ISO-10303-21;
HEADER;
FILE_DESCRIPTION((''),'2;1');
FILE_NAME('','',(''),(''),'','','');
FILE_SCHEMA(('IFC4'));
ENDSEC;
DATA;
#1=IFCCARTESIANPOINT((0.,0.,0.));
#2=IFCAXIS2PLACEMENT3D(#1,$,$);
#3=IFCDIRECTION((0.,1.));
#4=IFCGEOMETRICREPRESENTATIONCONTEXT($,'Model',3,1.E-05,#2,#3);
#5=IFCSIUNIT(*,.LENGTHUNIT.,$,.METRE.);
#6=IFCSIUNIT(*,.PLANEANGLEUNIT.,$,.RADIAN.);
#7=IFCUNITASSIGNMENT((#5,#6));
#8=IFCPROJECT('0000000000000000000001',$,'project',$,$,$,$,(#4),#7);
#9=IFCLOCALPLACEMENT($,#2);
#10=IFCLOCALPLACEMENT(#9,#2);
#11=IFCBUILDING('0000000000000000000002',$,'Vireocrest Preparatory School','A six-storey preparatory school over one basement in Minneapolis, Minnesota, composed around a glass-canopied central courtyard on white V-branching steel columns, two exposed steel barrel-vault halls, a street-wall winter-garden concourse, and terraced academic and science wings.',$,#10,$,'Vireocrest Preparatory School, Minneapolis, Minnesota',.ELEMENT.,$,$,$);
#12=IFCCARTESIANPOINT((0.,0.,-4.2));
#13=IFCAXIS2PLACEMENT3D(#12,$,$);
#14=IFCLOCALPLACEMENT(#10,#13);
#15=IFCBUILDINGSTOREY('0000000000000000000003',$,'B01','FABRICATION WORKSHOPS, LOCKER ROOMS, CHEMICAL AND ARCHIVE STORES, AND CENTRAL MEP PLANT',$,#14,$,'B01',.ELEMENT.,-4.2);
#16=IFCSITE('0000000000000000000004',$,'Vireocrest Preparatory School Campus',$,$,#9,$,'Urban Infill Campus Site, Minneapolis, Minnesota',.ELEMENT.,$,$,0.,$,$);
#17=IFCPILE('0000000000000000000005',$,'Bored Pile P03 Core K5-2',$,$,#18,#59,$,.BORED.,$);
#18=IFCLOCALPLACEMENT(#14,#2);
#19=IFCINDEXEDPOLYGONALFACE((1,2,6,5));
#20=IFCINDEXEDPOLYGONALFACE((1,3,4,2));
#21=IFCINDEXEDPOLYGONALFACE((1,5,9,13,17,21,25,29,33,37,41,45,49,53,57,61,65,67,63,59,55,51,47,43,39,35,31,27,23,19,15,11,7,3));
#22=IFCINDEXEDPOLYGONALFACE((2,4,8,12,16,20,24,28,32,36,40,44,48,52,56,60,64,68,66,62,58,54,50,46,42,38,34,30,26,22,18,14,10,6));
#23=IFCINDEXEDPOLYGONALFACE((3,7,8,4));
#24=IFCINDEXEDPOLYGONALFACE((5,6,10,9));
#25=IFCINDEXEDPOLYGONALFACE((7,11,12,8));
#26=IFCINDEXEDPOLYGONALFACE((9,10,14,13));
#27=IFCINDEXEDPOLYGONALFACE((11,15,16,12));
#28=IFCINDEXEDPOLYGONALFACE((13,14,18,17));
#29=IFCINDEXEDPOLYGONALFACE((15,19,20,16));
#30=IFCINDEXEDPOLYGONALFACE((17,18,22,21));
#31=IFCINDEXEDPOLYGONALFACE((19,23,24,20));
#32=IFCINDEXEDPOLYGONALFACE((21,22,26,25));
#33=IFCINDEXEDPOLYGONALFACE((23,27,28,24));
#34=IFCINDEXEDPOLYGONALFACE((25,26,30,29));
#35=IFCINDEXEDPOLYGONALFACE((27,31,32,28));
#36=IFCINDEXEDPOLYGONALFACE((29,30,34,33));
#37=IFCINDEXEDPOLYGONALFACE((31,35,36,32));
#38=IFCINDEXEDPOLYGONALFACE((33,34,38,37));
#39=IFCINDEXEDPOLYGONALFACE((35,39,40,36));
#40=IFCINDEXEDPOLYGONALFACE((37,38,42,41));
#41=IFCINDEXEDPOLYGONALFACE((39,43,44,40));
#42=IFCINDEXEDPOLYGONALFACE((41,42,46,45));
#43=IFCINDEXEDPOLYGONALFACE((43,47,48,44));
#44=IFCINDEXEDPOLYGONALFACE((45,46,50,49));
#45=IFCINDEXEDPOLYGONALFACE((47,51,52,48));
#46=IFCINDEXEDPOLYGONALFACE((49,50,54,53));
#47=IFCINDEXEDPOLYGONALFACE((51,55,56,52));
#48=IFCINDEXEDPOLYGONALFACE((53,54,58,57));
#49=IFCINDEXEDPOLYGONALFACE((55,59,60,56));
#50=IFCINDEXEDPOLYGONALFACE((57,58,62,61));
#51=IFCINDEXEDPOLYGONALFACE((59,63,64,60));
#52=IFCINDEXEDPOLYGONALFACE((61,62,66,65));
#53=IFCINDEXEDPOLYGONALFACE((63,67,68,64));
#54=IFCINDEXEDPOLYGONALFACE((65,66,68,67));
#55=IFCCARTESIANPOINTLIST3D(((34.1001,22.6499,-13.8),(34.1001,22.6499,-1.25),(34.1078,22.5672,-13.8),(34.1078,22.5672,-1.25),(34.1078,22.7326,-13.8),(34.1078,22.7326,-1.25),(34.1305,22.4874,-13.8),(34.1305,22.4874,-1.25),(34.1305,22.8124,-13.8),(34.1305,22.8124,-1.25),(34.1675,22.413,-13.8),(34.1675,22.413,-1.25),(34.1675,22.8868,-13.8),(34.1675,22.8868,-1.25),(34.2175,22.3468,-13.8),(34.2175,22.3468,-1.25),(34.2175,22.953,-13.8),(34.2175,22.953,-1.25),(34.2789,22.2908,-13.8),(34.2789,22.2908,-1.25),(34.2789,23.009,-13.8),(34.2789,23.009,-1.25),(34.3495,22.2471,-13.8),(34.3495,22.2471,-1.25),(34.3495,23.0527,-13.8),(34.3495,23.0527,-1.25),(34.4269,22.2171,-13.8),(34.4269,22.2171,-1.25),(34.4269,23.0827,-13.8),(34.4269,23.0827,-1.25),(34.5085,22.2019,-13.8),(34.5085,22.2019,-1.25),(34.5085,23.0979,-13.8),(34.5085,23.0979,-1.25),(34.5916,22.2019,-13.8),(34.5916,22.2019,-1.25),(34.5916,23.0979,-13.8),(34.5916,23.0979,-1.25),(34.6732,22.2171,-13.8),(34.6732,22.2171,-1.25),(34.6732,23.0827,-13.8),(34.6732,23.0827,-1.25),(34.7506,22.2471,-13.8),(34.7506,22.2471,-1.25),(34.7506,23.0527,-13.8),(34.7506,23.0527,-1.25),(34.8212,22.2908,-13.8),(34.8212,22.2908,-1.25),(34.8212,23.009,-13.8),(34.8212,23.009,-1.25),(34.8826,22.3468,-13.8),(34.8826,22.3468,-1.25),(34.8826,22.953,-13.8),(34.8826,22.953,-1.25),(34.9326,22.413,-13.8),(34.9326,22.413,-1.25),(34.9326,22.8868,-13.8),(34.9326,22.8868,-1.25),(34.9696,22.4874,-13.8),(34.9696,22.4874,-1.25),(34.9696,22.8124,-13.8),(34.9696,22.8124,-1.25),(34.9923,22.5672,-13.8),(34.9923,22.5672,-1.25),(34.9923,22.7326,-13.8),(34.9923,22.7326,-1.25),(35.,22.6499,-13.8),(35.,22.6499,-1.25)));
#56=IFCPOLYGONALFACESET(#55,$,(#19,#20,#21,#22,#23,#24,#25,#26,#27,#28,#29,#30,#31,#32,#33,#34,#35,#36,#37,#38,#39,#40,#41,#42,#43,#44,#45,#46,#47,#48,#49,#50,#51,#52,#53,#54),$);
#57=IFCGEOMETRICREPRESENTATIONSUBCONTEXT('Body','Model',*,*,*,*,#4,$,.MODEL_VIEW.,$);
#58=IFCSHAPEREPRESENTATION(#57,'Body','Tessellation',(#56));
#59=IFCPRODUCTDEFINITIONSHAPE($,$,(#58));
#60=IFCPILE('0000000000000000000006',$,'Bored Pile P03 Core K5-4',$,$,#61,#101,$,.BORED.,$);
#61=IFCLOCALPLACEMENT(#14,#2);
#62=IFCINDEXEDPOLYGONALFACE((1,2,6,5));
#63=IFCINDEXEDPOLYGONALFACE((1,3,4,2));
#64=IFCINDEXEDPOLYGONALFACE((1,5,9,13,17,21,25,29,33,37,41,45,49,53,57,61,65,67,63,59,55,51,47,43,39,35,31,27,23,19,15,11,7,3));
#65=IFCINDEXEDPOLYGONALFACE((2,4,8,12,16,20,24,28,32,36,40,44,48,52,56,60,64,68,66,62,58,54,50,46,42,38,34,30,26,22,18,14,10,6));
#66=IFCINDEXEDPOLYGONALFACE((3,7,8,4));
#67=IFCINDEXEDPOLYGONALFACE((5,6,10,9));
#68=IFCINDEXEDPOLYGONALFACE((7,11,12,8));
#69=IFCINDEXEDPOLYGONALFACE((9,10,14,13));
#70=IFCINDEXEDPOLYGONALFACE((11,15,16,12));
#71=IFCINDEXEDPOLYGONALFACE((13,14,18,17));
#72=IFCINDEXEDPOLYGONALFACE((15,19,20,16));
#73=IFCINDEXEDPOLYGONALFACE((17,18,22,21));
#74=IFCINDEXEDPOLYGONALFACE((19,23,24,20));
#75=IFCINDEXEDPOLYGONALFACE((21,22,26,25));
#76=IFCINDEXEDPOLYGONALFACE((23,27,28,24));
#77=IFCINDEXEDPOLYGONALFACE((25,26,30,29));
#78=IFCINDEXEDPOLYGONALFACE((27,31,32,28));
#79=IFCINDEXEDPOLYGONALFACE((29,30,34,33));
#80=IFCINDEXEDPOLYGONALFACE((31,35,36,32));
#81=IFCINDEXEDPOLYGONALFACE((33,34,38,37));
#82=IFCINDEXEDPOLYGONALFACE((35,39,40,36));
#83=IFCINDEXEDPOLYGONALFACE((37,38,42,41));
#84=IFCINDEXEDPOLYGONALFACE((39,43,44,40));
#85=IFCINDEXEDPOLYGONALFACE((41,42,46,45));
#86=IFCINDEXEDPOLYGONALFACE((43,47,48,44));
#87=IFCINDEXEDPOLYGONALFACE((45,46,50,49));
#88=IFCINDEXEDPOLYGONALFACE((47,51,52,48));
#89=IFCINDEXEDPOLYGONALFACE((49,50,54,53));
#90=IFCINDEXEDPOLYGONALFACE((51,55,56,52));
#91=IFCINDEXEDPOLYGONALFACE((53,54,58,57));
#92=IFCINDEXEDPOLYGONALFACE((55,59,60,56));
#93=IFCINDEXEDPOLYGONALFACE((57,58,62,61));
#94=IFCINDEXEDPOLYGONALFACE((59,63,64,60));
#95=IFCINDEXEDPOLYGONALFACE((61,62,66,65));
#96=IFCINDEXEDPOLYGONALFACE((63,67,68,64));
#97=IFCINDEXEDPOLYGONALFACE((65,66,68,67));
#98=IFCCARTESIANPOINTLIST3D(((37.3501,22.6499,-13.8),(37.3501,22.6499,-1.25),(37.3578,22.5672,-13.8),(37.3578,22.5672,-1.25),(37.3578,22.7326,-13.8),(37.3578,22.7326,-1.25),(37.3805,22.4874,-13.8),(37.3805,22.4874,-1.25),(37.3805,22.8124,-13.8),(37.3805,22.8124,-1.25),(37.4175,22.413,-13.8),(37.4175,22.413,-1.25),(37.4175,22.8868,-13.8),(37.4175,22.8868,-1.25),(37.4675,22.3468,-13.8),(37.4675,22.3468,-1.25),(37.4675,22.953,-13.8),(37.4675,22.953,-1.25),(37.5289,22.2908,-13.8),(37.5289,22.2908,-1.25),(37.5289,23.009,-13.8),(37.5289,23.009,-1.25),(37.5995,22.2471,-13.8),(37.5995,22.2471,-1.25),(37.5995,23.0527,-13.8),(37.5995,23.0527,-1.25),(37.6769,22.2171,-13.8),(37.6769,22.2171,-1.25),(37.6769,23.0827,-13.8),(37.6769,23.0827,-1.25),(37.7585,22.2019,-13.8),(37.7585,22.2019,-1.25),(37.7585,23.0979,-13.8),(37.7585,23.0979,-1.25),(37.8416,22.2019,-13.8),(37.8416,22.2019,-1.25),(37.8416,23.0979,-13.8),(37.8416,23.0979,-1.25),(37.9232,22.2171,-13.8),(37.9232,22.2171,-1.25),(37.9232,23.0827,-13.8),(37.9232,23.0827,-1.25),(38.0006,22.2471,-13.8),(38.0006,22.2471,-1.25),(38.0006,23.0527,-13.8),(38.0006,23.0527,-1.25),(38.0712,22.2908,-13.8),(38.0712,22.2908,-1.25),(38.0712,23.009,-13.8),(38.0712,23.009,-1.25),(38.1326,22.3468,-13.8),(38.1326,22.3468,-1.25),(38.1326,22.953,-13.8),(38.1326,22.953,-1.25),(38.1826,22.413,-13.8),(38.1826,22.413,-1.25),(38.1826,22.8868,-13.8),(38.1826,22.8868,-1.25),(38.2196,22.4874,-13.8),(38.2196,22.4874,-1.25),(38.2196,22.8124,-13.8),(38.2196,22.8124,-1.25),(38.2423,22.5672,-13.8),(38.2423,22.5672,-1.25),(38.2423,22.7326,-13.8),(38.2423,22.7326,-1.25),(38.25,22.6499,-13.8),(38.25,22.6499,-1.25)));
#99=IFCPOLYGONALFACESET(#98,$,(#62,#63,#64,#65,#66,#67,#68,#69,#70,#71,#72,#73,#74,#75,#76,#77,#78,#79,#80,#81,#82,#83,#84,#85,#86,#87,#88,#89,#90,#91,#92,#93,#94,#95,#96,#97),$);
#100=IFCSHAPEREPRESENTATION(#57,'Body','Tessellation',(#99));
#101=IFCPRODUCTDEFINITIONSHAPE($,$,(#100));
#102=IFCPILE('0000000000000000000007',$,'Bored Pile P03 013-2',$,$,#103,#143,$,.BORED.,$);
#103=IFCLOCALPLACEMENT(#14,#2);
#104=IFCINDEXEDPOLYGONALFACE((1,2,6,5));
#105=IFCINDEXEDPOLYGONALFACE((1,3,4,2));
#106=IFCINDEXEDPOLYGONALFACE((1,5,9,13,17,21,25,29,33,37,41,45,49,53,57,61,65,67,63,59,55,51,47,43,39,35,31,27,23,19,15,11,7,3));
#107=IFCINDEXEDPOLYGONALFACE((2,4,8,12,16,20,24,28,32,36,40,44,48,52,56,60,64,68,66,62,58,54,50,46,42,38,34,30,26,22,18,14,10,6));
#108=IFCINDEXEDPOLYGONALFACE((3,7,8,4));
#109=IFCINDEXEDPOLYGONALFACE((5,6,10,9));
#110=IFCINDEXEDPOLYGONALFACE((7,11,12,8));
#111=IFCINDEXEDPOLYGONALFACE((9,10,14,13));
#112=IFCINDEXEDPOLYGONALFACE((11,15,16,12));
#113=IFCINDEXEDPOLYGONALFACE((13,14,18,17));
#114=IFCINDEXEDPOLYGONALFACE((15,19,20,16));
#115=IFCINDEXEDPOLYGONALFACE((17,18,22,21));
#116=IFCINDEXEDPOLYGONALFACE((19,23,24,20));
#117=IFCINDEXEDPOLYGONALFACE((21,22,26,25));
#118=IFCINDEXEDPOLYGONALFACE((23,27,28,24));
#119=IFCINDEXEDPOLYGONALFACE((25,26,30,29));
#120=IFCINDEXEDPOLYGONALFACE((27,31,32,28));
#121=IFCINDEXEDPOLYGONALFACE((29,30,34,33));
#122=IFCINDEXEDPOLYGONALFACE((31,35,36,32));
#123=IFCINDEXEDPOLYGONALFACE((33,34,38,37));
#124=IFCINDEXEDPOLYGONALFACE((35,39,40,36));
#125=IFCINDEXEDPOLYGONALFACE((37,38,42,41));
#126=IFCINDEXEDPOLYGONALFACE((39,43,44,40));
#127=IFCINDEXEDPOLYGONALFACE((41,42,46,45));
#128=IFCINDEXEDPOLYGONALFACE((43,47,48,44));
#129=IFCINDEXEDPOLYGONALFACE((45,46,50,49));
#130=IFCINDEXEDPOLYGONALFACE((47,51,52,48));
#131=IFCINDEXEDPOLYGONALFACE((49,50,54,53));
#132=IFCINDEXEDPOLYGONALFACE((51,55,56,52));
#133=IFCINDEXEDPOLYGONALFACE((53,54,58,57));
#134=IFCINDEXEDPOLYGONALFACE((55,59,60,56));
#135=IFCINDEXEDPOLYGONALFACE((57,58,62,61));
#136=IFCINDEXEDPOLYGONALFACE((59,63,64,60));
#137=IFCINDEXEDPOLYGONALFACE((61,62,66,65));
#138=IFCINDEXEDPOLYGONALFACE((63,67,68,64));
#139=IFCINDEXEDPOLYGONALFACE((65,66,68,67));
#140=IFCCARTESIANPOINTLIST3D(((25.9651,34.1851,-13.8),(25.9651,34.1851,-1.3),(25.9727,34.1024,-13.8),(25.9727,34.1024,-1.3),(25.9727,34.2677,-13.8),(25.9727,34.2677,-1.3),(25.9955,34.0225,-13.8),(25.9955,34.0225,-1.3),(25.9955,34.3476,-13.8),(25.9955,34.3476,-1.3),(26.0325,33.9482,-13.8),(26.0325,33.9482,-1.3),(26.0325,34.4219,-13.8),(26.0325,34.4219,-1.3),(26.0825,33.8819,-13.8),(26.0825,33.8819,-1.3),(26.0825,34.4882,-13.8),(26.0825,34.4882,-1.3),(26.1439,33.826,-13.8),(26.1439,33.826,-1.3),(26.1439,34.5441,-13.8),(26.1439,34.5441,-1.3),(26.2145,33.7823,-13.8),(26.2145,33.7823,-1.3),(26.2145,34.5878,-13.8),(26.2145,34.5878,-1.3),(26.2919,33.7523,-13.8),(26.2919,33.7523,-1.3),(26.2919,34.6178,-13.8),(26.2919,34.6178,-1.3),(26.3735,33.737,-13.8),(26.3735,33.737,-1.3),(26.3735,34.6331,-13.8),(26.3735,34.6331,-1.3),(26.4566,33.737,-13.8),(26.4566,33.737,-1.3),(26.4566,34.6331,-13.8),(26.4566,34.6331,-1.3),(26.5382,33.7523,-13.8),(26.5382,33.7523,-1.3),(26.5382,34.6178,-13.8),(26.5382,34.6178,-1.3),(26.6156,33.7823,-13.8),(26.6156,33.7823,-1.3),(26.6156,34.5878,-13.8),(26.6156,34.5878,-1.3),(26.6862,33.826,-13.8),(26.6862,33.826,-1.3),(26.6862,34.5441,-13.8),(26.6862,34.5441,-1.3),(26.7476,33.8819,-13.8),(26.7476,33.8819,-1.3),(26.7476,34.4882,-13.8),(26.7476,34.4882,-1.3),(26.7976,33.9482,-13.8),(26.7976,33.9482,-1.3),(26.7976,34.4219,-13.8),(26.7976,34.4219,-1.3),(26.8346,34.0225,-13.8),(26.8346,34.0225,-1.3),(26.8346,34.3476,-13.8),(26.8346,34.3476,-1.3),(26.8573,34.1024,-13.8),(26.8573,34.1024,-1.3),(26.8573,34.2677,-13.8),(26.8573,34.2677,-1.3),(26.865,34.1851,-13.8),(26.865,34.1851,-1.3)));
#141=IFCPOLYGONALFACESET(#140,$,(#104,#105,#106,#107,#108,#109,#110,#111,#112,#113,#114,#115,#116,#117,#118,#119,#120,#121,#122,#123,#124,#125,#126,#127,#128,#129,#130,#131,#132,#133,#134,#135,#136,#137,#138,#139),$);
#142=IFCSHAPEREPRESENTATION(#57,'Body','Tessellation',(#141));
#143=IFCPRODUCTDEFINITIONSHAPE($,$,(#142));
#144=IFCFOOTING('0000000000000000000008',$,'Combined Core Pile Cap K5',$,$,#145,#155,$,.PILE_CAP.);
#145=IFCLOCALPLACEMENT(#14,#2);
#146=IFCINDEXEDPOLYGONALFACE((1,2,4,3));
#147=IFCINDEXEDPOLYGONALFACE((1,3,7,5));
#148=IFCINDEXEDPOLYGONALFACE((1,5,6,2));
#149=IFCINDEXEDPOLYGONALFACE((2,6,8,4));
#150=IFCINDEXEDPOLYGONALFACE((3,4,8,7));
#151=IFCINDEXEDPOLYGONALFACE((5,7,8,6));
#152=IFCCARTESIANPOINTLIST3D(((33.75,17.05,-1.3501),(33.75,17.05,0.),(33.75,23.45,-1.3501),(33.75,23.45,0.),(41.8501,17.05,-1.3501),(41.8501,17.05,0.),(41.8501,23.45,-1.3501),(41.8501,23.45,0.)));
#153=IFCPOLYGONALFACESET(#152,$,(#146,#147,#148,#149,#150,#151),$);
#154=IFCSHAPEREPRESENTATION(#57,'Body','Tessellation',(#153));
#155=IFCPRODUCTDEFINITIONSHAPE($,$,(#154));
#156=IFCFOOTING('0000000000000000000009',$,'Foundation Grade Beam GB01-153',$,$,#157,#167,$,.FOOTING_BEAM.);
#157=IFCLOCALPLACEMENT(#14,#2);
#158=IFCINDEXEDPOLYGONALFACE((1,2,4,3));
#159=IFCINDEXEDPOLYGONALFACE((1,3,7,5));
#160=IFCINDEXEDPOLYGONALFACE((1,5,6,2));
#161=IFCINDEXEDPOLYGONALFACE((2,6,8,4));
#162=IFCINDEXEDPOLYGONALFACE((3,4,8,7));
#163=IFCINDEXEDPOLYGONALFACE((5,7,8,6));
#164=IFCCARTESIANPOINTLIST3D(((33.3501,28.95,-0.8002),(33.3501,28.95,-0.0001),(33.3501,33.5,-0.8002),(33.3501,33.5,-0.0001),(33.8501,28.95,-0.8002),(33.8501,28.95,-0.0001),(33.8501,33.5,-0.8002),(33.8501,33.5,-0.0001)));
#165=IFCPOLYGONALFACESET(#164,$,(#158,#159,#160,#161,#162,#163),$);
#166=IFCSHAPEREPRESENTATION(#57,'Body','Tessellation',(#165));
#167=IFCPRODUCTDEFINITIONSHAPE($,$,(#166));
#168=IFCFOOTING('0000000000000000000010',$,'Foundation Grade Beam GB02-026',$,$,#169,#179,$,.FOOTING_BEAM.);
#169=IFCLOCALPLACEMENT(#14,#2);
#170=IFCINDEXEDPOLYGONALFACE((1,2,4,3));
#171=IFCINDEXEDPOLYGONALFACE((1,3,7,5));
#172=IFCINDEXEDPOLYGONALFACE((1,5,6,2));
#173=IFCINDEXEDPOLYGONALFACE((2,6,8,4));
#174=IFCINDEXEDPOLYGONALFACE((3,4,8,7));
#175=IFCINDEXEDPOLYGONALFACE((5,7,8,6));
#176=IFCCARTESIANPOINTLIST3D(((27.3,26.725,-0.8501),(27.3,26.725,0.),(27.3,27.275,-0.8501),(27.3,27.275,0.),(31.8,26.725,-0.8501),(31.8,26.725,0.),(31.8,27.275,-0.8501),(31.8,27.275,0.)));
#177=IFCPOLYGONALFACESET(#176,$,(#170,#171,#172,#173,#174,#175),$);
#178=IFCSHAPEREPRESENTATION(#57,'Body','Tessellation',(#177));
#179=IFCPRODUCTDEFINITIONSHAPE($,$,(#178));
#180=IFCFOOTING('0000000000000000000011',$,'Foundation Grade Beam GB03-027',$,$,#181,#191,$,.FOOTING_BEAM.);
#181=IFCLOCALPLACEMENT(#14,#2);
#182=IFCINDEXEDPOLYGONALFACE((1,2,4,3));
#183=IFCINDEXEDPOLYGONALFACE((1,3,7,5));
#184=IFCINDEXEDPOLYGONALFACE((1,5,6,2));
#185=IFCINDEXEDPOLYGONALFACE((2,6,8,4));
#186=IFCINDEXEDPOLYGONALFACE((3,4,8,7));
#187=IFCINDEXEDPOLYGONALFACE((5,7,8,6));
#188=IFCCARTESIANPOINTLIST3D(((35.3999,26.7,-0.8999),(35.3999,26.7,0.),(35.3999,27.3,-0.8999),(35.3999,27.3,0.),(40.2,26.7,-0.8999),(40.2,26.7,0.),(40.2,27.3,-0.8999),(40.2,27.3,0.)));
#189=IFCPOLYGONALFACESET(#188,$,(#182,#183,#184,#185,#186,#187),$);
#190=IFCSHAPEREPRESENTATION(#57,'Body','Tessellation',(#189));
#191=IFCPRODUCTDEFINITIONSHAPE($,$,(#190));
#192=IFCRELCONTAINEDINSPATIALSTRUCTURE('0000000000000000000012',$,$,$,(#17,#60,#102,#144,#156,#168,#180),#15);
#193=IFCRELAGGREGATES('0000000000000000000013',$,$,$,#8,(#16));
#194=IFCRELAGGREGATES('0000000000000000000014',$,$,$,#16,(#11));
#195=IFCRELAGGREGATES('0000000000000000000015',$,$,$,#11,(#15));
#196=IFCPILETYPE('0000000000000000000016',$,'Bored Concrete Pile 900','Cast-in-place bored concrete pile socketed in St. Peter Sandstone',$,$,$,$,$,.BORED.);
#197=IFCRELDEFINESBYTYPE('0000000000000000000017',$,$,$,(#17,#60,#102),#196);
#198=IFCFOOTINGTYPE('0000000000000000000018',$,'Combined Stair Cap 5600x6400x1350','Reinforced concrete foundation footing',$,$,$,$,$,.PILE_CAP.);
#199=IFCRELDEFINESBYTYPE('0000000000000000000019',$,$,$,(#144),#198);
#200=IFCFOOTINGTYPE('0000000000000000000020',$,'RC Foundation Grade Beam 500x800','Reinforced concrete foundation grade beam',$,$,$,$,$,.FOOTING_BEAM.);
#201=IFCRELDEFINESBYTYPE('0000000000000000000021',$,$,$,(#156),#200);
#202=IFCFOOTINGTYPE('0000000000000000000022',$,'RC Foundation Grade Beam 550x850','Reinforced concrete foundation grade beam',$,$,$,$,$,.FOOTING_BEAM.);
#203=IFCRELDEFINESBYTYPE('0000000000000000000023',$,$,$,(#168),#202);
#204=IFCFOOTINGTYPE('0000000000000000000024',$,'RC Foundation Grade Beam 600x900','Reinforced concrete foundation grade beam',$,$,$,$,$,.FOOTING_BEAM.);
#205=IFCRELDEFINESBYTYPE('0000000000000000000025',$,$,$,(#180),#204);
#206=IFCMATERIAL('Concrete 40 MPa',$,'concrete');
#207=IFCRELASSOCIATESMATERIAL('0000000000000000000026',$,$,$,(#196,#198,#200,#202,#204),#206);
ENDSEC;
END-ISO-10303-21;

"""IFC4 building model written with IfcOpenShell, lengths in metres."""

from ifc_helpers import new_model, si_unit, direction, frame, origin, origin_2d, place, context, subcontext, project, spatial, rectangle, circle, extrude, material, material_profile, profile_set, type_object, element, save


model = new_model("IFC4")

# Units and contexts
model_context = context("Model", 3, precision=1e-05, world=origin(), true_north=direction((0.0, 1.0)))
body_context = subcontext(model_context, "Body", "Model", "MODEL_VIEW")
ifc_project = project(units=[si_unit("LENGTHUNIT", "METRE"), si_unit("PLANEANGLEUNIT", "RADIAN")], contexts=[model_context])

# Site, building, storey
site_placement = place(None, origin())
site = spatial("IfcSite", under=ifc_project, at=site_placement, Name="Vireocrest Preparatory School Campus", LongName="Urban Infill Campus Site, Minneapolis, Minnesota", CompositionType="ELEMENT", RefElevation=0.0)
building_placement = place(site_placement, origin())
building = spatial("IfcBuilding", under=site, at=building_placement, Name="Vireocrest Preparatory School", Description="A six-storey preparatory school over one basement in Minneapolis, Minnesota, composed around a glass-canopied central courtyard on white V-branching steel columns, two exposed steel barrel-vault halls, a street-wall winter-garden concourse, and terraced academic and science wings.", LongName="Vireocrest Preparatory School, Minneapolis, Minnesota", CompositionType="ELEMENT")
storey_placement = place(building_placement, frame((0.0, 0.0, -4.2)))
storey = spatial("IfcBuildingStorey", under=building, at=storey_placement, Name="B01", Description="FABRICATION WORKSHOPS, LOCKER ROOMS, CHEMICAL AND ARCHIVE STORES, AND CENTRAL MEP PLANT", LongName="B01", CompositionType="ELEMENT", Elevation=-4.2)

# Piles
ifc_material_1 = material(Name="Concrete 40 MPa", Category="concrete")
ifc_material_profile_1 = material_profile(ifc_material_1, circle(Radius=0.45, at=origin_2d()), Name="BORED PILE 900")
ifc_profile_set_1 = profile_set([ifc_material_profile_1], Name="Concrete 40 MPa")
pile_type_1 = type_object("IfcPileType", Name="Bored Concrete Pile 900", Description="Cast-in-place bored concrete pile socketed in St. Peter Sandstone", PredefinedType="BORED", material=ifc_profile_set_1)
for number, where, z_axis, x_axis, name in (
    (1, (34.55, 22.6499, -1.25), (0.0, 0.0, -1.0), (1.0, 0.0, 0.0), "Bored Pile P03 Core K5-2"),
    (2, (37.8, 22.6499, -1.25), (0.0, 0.0, -1.0), (1.0, 0.0, 0.0), "Bored Pile P03 Core K5-4"),
):
    element("IfcPile", number, at=place(storey_placement, frame(where, z_axis=z_axis, x_axis=x_axis)), inside=storey, type_object=pile_type_1, Name=name, PredefinedType="BORED", context=body_context, shape_type="SweptSolid", body=[
        extrude(circle(Radius=0.45, at=origin_2d()), origin(), (0.0, 0.0, 1.0), 12.55),
    ])
pile_placement = place(storey_placement, frame((26.415, 34.1851, -1.3), z_axis=(0.0, 0.0, -1.0), x_axis=(1.0, 0.0, 0.0)))
element("IfcPile", 3, at=pile_placement, inside=storey, type_object=pile_type_1, Name="Bored Pile P03 013-2", PredefinedType="BORED", context=body_context, shape_type="SweptSolid", body=[
    extrude(circle(Radius=0.45, at=origin_2d()), origin(), (0.0, 0.0, 1.0), 12.5),
])

# Footings
footing_type_1 = type_object("IfcFootingType", Name="Combined Stair Cap 5600x6400x1350", Description="Reinforced concrete foundation footing", PredefinedType="PILE_CAP", material=ifc_material_1)
footing_1_placement = place(storey_placement, frame((37.8, 20.25, -1.3501), z_axis=(0.0, 0.0, 1.0), x_axis=(1.0, 0.0, 0.0)))
element("IfcFooting", 4, at=footing_1_placement, inside=storey, type_object=footing_type_1, Name="Combined Core Pile Cap K5", PredefinedType="PILE_CAP", context=body_context, shape_type="SweptSolid", body=[
    extrude(rectangle(XDim=8.1001, YDim=6.3999, at=origin_2d()), origin(), (0.0, 0.0, 1.0), 1.3501),
])
ifc_material_profile_2 = material_profile(ifc_material_1, rectangle(XDim=0.5, YDim=0.8, at=origin_2d()), Name="GB 500x800")
ifc_profile_set_2 = profile_set([ifc_material_profile_2], Name="Concrete 40 MPa")
footing_type_2 = type_object("IfcFootingType", Name="RC Foundation Grade Beam 500x800", Description="Reinforced concrete foundation grade beam", PredefinedType="FOOTING_BEAM", material=ifc_profile_set_2)
footing_2_placement = place(storey_placement, frame((33.6001, 28.95, -0.4001), z_axis=(0.0, 1.0, 0.0), x_axis=(-1.0, 0.0, 0.0)))
element("IfcFooting", 5, at=footing_2_placement, inside=storey, type_object=footing_type_2, Name="Foundation Grade Beam GB01-153", PredefinedType="FOOTING_BEAM", context=body_context, shape_type="SweptSolid", body=[
    extrude(rectangle(XDim=0.5, YDim=0.8, at=origin_2d()), origin(), (0.0, 0.0, 1.0), 4.55),
])
ifc_material_profile_3 = material_profile(ifc_material_1, rectangle(XDim=0.55, YDim=0.8501, at=origin_2d()), Name="GB 550x850")
ifc_profile_set_3 = profile_set([ifc_material_profile_3], Name="Concrete 40 MPa")
footing_type_3 = type_object("IfcFootingType", Name="RC Foundation Grade Beam 550x850", Description="Reinforced concrete foundation grade beam", PredefinedType="FOOTING_BEAM", material=ifc_profile_set_3)
footing_3_placement = place(storey_placement, frame((27.3, 27.0, -0.425), z_axis=(1.0, 0.0, 0.0), x_axis=(0.0, 1.0, 0.0)))
element("IfcFooting", 6, at=footing_3_placement, inside=storey, type_object=footing_type_3, Name="Foundation Grade Beam GB02-026", PredefinedType="FOOTING_BEAM", context=body_context, shape_type="SweptSolid", body=[
    extrude(rectangle(XDim=0.55, YDim=0.8501, at=origin_2d()), origin(), (0.0, 0.0, 1.0), 4.5),
])
ifc_material_profile_4 = material_profile(ifc_material_1, rectangle(XDim=0.6001, YDim=0.8999, at=origin_2d()), Name="GB 600x900")
ifc_profile_set_4 = profile_set([ifc_material_profile_4], Name="Concrete 40 MPa")
footing_type_4 = type_object("IfcFootingType", Name="RC Foundation Grade Beam 600x900", Description="Reinforced concrete foundation grade beam", PredefinedType="FOOTING_BEAM", material=ifc_profile_set_4)
footing_4_placement = place(storey_placement, frame((35.3999, 27.0, -0.45), z_axis=(1.0, 0.0, 0.0), x_axis=(0.0, 1.0, 0.0)))
element("IfcFooting", 7, at=footing_4_placement, inside=storey, type_object=footing_type_4, Name="Foundation Grade Beam GB03-027", PredefinedType="FOOTING_BEAM", context=body_context, shape_type="SweptSolid", body=[
    extrude(rectangle(XDim=0.6001, YDim=0.8999, at=origin_2d()), origin(), (0.0, 0.0, 1.0), 4.8),
])

save(model, "model.ifc")
